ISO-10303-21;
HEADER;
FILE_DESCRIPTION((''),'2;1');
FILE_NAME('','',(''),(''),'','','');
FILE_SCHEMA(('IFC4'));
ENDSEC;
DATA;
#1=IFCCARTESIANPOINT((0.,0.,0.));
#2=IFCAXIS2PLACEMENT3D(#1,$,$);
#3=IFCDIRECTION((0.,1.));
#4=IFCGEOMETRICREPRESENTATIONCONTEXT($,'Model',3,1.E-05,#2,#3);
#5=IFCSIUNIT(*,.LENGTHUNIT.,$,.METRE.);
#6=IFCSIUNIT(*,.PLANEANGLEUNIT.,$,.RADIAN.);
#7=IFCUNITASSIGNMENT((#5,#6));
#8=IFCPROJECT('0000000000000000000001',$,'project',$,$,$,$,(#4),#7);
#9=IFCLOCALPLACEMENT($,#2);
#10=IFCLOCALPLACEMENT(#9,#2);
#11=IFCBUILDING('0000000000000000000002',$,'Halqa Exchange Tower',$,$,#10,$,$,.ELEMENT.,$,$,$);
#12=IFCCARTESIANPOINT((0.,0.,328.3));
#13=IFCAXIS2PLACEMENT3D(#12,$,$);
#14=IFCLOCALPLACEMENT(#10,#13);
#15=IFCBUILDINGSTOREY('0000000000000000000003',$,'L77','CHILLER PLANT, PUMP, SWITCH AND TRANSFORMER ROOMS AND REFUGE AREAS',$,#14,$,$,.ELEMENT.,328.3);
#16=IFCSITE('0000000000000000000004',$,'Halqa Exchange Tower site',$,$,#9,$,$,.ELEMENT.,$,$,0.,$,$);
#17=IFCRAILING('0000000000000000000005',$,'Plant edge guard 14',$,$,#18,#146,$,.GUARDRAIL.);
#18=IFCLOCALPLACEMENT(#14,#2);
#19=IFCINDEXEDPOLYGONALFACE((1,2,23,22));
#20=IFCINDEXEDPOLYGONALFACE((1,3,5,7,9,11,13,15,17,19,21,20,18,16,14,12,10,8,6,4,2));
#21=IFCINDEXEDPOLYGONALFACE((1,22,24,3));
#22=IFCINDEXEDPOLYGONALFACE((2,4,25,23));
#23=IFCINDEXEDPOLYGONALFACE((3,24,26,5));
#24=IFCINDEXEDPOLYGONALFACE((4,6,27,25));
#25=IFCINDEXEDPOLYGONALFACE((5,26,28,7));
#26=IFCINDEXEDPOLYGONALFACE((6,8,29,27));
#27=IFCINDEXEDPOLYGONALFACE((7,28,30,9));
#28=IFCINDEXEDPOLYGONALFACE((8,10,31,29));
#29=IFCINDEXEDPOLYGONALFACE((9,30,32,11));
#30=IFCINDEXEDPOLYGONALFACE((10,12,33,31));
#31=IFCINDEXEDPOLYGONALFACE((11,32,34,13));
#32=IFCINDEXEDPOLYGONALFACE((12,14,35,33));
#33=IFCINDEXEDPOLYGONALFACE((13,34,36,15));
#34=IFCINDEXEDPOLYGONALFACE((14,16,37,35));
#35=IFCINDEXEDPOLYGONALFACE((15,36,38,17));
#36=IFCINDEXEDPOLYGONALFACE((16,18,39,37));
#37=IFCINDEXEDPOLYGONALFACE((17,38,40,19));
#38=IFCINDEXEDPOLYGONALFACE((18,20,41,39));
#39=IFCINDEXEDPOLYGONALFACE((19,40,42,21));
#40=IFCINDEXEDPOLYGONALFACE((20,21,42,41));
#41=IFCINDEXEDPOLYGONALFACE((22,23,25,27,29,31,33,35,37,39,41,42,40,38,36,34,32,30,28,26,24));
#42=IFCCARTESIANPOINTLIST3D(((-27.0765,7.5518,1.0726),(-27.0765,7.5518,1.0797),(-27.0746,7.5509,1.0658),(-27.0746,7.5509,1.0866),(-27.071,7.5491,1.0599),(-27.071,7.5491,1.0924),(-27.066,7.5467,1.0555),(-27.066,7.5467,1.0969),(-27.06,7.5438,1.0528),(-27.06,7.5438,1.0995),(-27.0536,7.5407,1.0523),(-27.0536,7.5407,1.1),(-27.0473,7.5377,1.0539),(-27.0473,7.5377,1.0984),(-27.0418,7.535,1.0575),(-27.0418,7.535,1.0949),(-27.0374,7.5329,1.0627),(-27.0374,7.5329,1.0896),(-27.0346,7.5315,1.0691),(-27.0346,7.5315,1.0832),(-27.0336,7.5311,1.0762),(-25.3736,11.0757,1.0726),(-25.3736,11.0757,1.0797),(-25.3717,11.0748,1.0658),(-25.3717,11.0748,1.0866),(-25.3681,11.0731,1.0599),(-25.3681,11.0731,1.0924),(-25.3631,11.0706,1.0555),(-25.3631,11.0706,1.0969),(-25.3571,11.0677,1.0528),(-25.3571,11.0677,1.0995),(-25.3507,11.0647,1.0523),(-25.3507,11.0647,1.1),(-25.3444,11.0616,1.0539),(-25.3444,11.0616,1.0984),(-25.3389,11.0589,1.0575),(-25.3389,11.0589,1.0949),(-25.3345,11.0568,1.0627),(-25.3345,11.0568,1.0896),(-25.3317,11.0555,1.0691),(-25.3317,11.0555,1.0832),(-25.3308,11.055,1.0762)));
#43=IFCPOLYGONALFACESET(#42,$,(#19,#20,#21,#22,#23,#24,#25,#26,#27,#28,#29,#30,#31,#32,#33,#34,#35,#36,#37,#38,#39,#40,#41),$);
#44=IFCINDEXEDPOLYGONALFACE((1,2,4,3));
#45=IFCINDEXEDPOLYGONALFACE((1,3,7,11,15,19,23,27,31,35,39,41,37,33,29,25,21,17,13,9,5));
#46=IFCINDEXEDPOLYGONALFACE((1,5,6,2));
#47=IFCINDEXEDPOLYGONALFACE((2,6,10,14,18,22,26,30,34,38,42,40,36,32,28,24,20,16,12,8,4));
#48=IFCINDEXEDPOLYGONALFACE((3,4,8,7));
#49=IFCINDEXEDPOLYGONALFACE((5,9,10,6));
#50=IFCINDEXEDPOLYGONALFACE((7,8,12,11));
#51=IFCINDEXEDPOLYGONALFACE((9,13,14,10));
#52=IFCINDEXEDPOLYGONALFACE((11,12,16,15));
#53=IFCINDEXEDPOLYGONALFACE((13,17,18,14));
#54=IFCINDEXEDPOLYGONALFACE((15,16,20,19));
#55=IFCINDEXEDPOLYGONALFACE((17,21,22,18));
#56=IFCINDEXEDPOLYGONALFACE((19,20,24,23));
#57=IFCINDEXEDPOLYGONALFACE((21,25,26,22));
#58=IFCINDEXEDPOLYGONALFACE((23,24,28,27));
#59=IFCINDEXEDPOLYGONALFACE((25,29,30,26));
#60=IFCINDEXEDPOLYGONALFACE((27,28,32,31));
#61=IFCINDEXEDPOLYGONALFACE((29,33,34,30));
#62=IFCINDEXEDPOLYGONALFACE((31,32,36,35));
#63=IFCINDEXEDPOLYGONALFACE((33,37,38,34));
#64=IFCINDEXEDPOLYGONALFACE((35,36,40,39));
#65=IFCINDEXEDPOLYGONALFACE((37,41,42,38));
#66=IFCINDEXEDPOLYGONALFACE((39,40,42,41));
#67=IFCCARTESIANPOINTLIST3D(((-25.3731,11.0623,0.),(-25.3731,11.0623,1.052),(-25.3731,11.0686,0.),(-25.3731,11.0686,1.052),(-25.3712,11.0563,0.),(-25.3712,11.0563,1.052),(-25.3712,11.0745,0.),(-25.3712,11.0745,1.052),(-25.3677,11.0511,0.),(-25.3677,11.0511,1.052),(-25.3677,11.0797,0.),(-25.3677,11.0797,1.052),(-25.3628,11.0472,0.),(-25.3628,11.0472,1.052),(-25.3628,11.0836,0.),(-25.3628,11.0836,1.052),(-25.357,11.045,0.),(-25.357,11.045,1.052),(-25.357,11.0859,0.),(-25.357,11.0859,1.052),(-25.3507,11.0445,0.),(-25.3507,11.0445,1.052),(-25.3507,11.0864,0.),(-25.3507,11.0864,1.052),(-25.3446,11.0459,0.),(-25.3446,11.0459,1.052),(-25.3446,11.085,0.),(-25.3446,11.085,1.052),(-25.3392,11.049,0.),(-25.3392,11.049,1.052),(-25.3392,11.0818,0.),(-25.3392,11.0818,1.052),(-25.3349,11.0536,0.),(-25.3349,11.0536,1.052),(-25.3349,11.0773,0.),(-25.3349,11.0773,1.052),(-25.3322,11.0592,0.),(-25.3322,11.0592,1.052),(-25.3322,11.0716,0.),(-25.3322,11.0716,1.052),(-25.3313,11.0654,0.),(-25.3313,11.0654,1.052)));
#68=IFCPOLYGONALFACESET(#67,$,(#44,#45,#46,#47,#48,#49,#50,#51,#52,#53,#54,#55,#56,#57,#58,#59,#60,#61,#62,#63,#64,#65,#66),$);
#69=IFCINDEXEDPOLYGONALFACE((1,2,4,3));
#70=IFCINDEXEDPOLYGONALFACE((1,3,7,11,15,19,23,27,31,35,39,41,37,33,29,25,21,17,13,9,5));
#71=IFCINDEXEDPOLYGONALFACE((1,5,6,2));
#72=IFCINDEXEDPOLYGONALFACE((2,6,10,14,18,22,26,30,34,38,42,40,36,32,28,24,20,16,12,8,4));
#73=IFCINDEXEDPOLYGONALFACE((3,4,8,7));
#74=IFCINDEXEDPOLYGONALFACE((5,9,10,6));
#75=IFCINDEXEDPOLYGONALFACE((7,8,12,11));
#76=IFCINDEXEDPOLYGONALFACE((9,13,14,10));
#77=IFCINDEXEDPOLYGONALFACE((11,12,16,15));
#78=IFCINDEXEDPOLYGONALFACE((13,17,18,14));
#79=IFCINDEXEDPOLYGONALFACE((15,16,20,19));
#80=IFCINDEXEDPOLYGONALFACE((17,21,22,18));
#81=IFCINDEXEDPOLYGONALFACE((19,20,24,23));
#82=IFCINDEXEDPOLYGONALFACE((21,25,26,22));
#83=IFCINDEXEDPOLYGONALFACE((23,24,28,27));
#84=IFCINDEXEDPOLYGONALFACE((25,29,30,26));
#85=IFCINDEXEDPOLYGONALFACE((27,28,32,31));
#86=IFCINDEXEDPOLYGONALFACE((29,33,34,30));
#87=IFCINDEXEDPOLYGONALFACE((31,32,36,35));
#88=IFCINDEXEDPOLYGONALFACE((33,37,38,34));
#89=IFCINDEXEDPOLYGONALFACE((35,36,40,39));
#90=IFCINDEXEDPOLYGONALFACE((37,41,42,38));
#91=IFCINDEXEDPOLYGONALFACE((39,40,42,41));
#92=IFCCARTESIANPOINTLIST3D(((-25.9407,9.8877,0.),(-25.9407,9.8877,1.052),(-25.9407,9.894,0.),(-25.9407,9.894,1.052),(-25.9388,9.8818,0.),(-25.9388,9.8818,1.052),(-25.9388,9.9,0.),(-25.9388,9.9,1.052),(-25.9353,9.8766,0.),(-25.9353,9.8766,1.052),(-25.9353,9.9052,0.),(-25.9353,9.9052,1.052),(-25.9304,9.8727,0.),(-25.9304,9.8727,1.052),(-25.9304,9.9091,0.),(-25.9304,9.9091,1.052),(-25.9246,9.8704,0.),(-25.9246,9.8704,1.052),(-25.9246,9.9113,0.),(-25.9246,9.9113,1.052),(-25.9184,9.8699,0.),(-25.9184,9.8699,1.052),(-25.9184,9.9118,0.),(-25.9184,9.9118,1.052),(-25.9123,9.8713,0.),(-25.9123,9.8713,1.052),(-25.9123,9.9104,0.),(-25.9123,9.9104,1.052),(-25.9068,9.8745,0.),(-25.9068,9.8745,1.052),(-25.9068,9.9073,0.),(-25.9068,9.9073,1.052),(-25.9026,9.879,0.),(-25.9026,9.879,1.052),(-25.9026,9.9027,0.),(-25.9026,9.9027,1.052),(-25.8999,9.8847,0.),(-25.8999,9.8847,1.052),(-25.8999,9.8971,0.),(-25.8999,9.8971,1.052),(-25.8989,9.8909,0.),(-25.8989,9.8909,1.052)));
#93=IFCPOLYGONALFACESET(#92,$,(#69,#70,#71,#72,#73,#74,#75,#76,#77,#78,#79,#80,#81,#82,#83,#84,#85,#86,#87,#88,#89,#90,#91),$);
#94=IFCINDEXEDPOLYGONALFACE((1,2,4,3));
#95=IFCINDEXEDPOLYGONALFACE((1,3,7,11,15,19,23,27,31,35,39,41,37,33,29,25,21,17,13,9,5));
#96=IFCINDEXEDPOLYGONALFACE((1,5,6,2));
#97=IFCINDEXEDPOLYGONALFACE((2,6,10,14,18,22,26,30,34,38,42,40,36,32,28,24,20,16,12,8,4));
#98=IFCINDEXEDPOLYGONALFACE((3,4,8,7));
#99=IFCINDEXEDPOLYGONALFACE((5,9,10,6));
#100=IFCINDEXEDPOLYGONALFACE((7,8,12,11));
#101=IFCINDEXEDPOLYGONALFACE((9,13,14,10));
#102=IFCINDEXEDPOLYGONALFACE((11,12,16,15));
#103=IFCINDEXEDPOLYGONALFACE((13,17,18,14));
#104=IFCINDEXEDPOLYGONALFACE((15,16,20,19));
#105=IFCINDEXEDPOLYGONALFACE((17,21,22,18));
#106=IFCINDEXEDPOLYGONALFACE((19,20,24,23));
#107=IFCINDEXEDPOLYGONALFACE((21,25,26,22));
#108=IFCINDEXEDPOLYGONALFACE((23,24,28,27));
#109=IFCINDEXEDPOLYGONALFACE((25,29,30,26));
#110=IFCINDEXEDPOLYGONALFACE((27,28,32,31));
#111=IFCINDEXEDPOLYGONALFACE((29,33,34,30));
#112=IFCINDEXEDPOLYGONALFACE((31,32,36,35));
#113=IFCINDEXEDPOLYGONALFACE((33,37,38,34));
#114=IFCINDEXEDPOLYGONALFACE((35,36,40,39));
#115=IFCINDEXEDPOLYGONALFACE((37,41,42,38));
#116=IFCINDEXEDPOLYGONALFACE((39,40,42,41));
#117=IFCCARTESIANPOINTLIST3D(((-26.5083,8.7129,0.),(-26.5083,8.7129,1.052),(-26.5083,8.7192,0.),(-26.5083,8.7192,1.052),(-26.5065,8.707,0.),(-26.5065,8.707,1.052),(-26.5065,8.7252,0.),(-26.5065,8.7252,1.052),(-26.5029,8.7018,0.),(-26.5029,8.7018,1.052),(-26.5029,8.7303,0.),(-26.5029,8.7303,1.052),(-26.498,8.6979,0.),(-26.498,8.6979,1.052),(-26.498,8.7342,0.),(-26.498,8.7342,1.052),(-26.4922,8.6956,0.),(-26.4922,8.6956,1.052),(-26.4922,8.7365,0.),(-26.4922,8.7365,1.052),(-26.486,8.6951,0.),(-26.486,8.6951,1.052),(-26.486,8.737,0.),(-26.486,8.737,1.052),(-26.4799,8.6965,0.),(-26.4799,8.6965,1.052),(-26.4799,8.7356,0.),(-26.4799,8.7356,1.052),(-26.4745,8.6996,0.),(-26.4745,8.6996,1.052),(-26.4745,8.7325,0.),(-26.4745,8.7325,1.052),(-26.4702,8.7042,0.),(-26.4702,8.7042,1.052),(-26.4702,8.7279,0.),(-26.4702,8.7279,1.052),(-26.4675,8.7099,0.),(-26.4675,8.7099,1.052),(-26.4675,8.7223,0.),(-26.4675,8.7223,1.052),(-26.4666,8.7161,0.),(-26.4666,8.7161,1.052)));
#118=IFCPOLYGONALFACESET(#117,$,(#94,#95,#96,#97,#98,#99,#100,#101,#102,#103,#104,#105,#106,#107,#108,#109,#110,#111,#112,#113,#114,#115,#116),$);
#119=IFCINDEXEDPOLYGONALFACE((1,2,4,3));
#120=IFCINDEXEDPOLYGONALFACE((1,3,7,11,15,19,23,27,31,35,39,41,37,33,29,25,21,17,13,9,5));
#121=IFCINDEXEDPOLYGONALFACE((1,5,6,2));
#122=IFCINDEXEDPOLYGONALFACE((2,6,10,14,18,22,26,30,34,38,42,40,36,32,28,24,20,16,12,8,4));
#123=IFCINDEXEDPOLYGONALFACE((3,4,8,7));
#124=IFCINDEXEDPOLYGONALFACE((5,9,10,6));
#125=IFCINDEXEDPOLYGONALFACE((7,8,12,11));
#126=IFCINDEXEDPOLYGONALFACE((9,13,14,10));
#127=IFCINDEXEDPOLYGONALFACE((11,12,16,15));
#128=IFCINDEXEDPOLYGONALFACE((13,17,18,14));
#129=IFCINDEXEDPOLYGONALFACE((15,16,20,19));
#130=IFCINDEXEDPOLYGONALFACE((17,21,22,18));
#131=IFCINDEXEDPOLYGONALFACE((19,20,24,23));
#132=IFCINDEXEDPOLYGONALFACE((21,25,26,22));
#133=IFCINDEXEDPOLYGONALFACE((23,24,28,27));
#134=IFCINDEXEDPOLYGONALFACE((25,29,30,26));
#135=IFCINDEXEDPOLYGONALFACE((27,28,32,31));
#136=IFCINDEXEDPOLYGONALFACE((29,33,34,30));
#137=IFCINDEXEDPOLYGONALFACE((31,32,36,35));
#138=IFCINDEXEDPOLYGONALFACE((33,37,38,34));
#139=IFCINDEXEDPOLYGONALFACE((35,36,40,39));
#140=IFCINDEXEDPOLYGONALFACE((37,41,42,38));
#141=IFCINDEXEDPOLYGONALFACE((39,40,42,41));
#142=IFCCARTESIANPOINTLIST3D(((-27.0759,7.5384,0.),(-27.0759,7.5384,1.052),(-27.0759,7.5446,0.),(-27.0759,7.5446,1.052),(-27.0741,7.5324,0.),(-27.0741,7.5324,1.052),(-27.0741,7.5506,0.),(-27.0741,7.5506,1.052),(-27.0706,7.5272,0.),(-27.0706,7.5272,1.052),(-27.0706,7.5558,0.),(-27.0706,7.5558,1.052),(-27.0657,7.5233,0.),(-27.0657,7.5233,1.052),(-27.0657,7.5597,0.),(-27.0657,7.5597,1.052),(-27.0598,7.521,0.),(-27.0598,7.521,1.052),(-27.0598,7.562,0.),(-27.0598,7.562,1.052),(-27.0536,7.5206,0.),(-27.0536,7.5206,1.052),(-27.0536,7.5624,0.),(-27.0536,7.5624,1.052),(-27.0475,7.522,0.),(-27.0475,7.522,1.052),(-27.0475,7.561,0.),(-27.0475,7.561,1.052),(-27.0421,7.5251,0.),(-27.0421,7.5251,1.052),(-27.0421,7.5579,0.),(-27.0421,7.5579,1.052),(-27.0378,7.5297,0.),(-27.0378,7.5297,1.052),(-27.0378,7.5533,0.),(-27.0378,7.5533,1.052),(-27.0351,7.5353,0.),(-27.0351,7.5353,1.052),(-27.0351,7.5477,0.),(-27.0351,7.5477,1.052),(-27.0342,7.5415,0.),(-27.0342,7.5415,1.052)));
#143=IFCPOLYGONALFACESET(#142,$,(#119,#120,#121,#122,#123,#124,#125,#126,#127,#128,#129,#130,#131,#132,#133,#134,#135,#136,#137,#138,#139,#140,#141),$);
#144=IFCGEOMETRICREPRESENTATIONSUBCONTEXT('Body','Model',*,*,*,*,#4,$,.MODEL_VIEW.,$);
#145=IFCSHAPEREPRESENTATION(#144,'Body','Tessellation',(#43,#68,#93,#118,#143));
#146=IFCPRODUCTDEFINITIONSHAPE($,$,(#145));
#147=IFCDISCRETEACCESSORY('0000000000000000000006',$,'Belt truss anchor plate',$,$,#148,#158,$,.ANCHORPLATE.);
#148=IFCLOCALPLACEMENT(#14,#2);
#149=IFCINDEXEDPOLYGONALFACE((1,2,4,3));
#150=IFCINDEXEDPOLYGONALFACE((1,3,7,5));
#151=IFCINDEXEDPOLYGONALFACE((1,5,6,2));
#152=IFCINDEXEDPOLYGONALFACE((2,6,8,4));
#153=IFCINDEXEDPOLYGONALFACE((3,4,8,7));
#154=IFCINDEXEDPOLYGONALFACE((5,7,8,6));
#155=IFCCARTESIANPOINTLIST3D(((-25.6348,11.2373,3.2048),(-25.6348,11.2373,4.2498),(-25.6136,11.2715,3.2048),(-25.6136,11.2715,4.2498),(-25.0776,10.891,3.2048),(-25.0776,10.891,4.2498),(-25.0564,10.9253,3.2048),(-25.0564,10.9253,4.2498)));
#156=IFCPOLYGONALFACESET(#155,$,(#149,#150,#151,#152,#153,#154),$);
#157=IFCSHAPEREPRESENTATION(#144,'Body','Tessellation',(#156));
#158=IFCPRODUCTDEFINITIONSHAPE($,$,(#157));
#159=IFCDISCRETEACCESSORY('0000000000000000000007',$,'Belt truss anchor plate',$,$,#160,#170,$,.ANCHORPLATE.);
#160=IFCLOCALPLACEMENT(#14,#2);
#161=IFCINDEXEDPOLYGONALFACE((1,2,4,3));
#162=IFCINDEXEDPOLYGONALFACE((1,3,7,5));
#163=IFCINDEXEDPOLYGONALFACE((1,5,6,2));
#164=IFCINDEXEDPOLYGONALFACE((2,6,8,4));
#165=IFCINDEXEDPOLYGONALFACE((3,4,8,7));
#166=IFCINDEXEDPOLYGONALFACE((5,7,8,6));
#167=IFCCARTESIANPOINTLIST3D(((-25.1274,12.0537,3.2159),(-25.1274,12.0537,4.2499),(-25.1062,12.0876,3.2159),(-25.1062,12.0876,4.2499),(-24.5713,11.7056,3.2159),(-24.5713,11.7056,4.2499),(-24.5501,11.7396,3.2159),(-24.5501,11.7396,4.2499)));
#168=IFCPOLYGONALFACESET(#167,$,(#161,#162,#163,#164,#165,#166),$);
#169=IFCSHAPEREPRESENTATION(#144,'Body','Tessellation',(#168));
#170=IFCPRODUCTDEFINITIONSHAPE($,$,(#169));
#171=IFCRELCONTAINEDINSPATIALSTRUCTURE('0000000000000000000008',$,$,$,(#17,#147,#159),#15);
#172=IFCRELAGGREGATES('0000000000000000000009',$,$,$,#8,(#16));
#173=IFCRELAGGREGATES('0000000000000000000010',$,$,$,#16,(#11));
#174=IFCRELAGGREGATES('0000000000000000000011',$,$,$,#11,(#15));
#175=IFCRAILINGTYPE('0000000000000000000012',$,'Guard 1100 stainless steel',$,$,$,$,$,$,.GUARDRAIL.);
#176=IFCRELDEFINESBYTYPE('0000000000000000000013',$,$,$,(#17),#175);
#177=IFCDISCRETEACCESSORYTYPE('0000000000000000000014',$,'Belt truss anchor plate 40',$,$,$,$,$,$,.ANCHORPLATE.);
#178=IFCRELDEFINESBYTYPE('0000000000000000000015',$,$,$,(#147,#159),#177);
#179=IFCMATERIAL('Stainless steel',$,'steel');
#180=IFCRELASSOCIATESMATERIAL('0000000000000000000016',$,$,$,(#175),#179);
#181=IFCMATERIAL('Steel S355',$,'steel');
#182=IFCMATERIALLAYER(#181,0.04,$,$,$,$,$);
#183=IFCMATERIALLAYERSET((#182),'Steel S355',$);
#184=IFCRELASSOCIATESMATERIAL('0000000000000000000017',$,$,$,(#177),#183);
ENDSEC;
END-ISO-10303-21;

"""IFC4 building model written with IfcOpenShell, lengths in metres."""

from ifc_helpers import new_model, si_unit, direction, frame, origin, origin_2d, place, context, subcontext, project, spatial, rectangle, circle, extrude, material, layer, layer_set, type_object, element, save


model = new_model("IFC4")

# Units and contexts
model_context = context("Model", 3, precision=1e-05, world=origin(), true_north=direction((0.0, 1.0)))
body_context = subcontext(model_context, "Body", "Model", "MODEL_VIEW")
ifc_project = project(units=[si_unit("LENGTHUNIT", "METRE"), si_unit("PLANEANGLEUNIT", "RADIAN")], contexts=[model_context])

# Site, building, storey
site_placement = place(None, origin())
site = spatial("IfcSite", under=ifc_project, at=site_placement, Name="Halqa Exchange Tower site", CompositionType="ELEMENT", RefElevation=0.0)
building_placement = place(site_placement, origin())
building = spatial("IfcBuilding", under=site, at=building_placement, Name="Halqa Exchange Tower", CompositionType="ELEMENT")
storey_placement = place(building_placement, frame((0.0, 0.0, 328.3)))
storey = spatial("IfcBuildingStorey", under=building, at=storey_placement, Name="L77", Description="CHILLER PLANT, PUMP, SWITCH AND TRANSFORMER ROOMS AND REFUGE AREAS", CompositionType="ELEMENT", Elevation=328.3)

# Shared definitions
ifc_material_1 = material(Name="Steel S355", Category="steel")

# Railing
ifc_material_2 = material(Name="Stainless steel", Category="steel")
railing_type = type_object("IfcRailingType", Name="Guard 1100 stainless steel", PredefinedType="GUARDRAIL", material=ifc_material_2)
railing_placement = place(storey_placement, frame((-25.3523, 11.0654, 0.0)))
element("IfcRailing", 1, at=railing_placement, inside=storey, type_object=railing_type, Name="Plant edge guard 14", PredefinedType="GUARDRAIL", context=body_context, shape_type="SweptSolid", body=[
    extrude(circle(Radius=0.0239, at=origin_2d()), frame((0.0, 0.0, 1.0762), z_axis=(-0.435096, -0.900384, 0.0), x_axis=(0.900384, -0.435096, 0.0)), (0.0, 0.0, 1.0), 3.9138),
    extrude(circle(Radius=0.021, at=origin_2d()), origin(), (0.0, 0.0, 1.0), 1.052),
    extrude(circle(Radius=0.021, at=origin_2d()), frame((-0.5676, -1.1746, 0.0)), (0.0, 0.0, 1.0), 1.052),
    extrude(circle(Radius=0.021, at=origin_2d()), frame((-1.1353, -2.3494, 0.0)), (0.0, 0.0, 1.0), 1.052),
    extrude(circle(Radius=0.021, at=origin_2d()), frame((-1.7029, -3.5239, 0.0)), (0.0, 0.0, 1.0), 1.052),
])

# Discrete accessories
ifc_layer_1 = layer(ifc_material_1, 0.04)
ifc_layer_set_1 = layer_set([ifc_layer_1], Name="Steel S355")
discrete_accessory_type = type_object("IfcDiscreteAccessoryType", Name="Belt truss anchor plate 40", PredefinedType="ANCHORPLATE", material=ifc_layer_set_1)
discrete_accessory_1_placement = place(storey_placement, frame((-25.335, 11.0984, 3.7273), z_axis=(-0.527816, -0.849359, 0.0), x_axis=(0.849359, -0.527816, 0.0)))
element("IfcDiscreteAccessory", 2, at=discrete_accessory_1_placement, inside=storey, type_object=discrete_accessory_type, Name="Belt truss anchor plate", PredefinedType="ANCHORPLATE", context=body_context, shape_type="SweptSolid", body=[
    extrude(rectangle(XDim=0.656, YDim=1.0449, at=origin_2d()), origin(), (0.0, 0.0, 1.0), 0.0403),
])
discrete_accessory_2_placement = place(storey_placement, frame((-24.8494, 11.8796, 3.7329), z_axis=(0.530547, 0.847656, 0.0), x_axis=(-0.847656, 0.530547, 0.0)))
element("IfcDiscreteAccessory", 3, at=discrete_accessory_2_placement, inside=storey, type_object=discrete_accessory_type, Name="Belt truss anchor plate", PredefinedType="ANCHORPLATE", context=body_context, shape_type="SweptSolid", body=[
    extrude(rectangle(XDim=0.656, YDim=1.0339, at=origin_2d()), origin(), (0.0, 0.0, 1.0), 0.04),
])

save(model, "model.ifc")
